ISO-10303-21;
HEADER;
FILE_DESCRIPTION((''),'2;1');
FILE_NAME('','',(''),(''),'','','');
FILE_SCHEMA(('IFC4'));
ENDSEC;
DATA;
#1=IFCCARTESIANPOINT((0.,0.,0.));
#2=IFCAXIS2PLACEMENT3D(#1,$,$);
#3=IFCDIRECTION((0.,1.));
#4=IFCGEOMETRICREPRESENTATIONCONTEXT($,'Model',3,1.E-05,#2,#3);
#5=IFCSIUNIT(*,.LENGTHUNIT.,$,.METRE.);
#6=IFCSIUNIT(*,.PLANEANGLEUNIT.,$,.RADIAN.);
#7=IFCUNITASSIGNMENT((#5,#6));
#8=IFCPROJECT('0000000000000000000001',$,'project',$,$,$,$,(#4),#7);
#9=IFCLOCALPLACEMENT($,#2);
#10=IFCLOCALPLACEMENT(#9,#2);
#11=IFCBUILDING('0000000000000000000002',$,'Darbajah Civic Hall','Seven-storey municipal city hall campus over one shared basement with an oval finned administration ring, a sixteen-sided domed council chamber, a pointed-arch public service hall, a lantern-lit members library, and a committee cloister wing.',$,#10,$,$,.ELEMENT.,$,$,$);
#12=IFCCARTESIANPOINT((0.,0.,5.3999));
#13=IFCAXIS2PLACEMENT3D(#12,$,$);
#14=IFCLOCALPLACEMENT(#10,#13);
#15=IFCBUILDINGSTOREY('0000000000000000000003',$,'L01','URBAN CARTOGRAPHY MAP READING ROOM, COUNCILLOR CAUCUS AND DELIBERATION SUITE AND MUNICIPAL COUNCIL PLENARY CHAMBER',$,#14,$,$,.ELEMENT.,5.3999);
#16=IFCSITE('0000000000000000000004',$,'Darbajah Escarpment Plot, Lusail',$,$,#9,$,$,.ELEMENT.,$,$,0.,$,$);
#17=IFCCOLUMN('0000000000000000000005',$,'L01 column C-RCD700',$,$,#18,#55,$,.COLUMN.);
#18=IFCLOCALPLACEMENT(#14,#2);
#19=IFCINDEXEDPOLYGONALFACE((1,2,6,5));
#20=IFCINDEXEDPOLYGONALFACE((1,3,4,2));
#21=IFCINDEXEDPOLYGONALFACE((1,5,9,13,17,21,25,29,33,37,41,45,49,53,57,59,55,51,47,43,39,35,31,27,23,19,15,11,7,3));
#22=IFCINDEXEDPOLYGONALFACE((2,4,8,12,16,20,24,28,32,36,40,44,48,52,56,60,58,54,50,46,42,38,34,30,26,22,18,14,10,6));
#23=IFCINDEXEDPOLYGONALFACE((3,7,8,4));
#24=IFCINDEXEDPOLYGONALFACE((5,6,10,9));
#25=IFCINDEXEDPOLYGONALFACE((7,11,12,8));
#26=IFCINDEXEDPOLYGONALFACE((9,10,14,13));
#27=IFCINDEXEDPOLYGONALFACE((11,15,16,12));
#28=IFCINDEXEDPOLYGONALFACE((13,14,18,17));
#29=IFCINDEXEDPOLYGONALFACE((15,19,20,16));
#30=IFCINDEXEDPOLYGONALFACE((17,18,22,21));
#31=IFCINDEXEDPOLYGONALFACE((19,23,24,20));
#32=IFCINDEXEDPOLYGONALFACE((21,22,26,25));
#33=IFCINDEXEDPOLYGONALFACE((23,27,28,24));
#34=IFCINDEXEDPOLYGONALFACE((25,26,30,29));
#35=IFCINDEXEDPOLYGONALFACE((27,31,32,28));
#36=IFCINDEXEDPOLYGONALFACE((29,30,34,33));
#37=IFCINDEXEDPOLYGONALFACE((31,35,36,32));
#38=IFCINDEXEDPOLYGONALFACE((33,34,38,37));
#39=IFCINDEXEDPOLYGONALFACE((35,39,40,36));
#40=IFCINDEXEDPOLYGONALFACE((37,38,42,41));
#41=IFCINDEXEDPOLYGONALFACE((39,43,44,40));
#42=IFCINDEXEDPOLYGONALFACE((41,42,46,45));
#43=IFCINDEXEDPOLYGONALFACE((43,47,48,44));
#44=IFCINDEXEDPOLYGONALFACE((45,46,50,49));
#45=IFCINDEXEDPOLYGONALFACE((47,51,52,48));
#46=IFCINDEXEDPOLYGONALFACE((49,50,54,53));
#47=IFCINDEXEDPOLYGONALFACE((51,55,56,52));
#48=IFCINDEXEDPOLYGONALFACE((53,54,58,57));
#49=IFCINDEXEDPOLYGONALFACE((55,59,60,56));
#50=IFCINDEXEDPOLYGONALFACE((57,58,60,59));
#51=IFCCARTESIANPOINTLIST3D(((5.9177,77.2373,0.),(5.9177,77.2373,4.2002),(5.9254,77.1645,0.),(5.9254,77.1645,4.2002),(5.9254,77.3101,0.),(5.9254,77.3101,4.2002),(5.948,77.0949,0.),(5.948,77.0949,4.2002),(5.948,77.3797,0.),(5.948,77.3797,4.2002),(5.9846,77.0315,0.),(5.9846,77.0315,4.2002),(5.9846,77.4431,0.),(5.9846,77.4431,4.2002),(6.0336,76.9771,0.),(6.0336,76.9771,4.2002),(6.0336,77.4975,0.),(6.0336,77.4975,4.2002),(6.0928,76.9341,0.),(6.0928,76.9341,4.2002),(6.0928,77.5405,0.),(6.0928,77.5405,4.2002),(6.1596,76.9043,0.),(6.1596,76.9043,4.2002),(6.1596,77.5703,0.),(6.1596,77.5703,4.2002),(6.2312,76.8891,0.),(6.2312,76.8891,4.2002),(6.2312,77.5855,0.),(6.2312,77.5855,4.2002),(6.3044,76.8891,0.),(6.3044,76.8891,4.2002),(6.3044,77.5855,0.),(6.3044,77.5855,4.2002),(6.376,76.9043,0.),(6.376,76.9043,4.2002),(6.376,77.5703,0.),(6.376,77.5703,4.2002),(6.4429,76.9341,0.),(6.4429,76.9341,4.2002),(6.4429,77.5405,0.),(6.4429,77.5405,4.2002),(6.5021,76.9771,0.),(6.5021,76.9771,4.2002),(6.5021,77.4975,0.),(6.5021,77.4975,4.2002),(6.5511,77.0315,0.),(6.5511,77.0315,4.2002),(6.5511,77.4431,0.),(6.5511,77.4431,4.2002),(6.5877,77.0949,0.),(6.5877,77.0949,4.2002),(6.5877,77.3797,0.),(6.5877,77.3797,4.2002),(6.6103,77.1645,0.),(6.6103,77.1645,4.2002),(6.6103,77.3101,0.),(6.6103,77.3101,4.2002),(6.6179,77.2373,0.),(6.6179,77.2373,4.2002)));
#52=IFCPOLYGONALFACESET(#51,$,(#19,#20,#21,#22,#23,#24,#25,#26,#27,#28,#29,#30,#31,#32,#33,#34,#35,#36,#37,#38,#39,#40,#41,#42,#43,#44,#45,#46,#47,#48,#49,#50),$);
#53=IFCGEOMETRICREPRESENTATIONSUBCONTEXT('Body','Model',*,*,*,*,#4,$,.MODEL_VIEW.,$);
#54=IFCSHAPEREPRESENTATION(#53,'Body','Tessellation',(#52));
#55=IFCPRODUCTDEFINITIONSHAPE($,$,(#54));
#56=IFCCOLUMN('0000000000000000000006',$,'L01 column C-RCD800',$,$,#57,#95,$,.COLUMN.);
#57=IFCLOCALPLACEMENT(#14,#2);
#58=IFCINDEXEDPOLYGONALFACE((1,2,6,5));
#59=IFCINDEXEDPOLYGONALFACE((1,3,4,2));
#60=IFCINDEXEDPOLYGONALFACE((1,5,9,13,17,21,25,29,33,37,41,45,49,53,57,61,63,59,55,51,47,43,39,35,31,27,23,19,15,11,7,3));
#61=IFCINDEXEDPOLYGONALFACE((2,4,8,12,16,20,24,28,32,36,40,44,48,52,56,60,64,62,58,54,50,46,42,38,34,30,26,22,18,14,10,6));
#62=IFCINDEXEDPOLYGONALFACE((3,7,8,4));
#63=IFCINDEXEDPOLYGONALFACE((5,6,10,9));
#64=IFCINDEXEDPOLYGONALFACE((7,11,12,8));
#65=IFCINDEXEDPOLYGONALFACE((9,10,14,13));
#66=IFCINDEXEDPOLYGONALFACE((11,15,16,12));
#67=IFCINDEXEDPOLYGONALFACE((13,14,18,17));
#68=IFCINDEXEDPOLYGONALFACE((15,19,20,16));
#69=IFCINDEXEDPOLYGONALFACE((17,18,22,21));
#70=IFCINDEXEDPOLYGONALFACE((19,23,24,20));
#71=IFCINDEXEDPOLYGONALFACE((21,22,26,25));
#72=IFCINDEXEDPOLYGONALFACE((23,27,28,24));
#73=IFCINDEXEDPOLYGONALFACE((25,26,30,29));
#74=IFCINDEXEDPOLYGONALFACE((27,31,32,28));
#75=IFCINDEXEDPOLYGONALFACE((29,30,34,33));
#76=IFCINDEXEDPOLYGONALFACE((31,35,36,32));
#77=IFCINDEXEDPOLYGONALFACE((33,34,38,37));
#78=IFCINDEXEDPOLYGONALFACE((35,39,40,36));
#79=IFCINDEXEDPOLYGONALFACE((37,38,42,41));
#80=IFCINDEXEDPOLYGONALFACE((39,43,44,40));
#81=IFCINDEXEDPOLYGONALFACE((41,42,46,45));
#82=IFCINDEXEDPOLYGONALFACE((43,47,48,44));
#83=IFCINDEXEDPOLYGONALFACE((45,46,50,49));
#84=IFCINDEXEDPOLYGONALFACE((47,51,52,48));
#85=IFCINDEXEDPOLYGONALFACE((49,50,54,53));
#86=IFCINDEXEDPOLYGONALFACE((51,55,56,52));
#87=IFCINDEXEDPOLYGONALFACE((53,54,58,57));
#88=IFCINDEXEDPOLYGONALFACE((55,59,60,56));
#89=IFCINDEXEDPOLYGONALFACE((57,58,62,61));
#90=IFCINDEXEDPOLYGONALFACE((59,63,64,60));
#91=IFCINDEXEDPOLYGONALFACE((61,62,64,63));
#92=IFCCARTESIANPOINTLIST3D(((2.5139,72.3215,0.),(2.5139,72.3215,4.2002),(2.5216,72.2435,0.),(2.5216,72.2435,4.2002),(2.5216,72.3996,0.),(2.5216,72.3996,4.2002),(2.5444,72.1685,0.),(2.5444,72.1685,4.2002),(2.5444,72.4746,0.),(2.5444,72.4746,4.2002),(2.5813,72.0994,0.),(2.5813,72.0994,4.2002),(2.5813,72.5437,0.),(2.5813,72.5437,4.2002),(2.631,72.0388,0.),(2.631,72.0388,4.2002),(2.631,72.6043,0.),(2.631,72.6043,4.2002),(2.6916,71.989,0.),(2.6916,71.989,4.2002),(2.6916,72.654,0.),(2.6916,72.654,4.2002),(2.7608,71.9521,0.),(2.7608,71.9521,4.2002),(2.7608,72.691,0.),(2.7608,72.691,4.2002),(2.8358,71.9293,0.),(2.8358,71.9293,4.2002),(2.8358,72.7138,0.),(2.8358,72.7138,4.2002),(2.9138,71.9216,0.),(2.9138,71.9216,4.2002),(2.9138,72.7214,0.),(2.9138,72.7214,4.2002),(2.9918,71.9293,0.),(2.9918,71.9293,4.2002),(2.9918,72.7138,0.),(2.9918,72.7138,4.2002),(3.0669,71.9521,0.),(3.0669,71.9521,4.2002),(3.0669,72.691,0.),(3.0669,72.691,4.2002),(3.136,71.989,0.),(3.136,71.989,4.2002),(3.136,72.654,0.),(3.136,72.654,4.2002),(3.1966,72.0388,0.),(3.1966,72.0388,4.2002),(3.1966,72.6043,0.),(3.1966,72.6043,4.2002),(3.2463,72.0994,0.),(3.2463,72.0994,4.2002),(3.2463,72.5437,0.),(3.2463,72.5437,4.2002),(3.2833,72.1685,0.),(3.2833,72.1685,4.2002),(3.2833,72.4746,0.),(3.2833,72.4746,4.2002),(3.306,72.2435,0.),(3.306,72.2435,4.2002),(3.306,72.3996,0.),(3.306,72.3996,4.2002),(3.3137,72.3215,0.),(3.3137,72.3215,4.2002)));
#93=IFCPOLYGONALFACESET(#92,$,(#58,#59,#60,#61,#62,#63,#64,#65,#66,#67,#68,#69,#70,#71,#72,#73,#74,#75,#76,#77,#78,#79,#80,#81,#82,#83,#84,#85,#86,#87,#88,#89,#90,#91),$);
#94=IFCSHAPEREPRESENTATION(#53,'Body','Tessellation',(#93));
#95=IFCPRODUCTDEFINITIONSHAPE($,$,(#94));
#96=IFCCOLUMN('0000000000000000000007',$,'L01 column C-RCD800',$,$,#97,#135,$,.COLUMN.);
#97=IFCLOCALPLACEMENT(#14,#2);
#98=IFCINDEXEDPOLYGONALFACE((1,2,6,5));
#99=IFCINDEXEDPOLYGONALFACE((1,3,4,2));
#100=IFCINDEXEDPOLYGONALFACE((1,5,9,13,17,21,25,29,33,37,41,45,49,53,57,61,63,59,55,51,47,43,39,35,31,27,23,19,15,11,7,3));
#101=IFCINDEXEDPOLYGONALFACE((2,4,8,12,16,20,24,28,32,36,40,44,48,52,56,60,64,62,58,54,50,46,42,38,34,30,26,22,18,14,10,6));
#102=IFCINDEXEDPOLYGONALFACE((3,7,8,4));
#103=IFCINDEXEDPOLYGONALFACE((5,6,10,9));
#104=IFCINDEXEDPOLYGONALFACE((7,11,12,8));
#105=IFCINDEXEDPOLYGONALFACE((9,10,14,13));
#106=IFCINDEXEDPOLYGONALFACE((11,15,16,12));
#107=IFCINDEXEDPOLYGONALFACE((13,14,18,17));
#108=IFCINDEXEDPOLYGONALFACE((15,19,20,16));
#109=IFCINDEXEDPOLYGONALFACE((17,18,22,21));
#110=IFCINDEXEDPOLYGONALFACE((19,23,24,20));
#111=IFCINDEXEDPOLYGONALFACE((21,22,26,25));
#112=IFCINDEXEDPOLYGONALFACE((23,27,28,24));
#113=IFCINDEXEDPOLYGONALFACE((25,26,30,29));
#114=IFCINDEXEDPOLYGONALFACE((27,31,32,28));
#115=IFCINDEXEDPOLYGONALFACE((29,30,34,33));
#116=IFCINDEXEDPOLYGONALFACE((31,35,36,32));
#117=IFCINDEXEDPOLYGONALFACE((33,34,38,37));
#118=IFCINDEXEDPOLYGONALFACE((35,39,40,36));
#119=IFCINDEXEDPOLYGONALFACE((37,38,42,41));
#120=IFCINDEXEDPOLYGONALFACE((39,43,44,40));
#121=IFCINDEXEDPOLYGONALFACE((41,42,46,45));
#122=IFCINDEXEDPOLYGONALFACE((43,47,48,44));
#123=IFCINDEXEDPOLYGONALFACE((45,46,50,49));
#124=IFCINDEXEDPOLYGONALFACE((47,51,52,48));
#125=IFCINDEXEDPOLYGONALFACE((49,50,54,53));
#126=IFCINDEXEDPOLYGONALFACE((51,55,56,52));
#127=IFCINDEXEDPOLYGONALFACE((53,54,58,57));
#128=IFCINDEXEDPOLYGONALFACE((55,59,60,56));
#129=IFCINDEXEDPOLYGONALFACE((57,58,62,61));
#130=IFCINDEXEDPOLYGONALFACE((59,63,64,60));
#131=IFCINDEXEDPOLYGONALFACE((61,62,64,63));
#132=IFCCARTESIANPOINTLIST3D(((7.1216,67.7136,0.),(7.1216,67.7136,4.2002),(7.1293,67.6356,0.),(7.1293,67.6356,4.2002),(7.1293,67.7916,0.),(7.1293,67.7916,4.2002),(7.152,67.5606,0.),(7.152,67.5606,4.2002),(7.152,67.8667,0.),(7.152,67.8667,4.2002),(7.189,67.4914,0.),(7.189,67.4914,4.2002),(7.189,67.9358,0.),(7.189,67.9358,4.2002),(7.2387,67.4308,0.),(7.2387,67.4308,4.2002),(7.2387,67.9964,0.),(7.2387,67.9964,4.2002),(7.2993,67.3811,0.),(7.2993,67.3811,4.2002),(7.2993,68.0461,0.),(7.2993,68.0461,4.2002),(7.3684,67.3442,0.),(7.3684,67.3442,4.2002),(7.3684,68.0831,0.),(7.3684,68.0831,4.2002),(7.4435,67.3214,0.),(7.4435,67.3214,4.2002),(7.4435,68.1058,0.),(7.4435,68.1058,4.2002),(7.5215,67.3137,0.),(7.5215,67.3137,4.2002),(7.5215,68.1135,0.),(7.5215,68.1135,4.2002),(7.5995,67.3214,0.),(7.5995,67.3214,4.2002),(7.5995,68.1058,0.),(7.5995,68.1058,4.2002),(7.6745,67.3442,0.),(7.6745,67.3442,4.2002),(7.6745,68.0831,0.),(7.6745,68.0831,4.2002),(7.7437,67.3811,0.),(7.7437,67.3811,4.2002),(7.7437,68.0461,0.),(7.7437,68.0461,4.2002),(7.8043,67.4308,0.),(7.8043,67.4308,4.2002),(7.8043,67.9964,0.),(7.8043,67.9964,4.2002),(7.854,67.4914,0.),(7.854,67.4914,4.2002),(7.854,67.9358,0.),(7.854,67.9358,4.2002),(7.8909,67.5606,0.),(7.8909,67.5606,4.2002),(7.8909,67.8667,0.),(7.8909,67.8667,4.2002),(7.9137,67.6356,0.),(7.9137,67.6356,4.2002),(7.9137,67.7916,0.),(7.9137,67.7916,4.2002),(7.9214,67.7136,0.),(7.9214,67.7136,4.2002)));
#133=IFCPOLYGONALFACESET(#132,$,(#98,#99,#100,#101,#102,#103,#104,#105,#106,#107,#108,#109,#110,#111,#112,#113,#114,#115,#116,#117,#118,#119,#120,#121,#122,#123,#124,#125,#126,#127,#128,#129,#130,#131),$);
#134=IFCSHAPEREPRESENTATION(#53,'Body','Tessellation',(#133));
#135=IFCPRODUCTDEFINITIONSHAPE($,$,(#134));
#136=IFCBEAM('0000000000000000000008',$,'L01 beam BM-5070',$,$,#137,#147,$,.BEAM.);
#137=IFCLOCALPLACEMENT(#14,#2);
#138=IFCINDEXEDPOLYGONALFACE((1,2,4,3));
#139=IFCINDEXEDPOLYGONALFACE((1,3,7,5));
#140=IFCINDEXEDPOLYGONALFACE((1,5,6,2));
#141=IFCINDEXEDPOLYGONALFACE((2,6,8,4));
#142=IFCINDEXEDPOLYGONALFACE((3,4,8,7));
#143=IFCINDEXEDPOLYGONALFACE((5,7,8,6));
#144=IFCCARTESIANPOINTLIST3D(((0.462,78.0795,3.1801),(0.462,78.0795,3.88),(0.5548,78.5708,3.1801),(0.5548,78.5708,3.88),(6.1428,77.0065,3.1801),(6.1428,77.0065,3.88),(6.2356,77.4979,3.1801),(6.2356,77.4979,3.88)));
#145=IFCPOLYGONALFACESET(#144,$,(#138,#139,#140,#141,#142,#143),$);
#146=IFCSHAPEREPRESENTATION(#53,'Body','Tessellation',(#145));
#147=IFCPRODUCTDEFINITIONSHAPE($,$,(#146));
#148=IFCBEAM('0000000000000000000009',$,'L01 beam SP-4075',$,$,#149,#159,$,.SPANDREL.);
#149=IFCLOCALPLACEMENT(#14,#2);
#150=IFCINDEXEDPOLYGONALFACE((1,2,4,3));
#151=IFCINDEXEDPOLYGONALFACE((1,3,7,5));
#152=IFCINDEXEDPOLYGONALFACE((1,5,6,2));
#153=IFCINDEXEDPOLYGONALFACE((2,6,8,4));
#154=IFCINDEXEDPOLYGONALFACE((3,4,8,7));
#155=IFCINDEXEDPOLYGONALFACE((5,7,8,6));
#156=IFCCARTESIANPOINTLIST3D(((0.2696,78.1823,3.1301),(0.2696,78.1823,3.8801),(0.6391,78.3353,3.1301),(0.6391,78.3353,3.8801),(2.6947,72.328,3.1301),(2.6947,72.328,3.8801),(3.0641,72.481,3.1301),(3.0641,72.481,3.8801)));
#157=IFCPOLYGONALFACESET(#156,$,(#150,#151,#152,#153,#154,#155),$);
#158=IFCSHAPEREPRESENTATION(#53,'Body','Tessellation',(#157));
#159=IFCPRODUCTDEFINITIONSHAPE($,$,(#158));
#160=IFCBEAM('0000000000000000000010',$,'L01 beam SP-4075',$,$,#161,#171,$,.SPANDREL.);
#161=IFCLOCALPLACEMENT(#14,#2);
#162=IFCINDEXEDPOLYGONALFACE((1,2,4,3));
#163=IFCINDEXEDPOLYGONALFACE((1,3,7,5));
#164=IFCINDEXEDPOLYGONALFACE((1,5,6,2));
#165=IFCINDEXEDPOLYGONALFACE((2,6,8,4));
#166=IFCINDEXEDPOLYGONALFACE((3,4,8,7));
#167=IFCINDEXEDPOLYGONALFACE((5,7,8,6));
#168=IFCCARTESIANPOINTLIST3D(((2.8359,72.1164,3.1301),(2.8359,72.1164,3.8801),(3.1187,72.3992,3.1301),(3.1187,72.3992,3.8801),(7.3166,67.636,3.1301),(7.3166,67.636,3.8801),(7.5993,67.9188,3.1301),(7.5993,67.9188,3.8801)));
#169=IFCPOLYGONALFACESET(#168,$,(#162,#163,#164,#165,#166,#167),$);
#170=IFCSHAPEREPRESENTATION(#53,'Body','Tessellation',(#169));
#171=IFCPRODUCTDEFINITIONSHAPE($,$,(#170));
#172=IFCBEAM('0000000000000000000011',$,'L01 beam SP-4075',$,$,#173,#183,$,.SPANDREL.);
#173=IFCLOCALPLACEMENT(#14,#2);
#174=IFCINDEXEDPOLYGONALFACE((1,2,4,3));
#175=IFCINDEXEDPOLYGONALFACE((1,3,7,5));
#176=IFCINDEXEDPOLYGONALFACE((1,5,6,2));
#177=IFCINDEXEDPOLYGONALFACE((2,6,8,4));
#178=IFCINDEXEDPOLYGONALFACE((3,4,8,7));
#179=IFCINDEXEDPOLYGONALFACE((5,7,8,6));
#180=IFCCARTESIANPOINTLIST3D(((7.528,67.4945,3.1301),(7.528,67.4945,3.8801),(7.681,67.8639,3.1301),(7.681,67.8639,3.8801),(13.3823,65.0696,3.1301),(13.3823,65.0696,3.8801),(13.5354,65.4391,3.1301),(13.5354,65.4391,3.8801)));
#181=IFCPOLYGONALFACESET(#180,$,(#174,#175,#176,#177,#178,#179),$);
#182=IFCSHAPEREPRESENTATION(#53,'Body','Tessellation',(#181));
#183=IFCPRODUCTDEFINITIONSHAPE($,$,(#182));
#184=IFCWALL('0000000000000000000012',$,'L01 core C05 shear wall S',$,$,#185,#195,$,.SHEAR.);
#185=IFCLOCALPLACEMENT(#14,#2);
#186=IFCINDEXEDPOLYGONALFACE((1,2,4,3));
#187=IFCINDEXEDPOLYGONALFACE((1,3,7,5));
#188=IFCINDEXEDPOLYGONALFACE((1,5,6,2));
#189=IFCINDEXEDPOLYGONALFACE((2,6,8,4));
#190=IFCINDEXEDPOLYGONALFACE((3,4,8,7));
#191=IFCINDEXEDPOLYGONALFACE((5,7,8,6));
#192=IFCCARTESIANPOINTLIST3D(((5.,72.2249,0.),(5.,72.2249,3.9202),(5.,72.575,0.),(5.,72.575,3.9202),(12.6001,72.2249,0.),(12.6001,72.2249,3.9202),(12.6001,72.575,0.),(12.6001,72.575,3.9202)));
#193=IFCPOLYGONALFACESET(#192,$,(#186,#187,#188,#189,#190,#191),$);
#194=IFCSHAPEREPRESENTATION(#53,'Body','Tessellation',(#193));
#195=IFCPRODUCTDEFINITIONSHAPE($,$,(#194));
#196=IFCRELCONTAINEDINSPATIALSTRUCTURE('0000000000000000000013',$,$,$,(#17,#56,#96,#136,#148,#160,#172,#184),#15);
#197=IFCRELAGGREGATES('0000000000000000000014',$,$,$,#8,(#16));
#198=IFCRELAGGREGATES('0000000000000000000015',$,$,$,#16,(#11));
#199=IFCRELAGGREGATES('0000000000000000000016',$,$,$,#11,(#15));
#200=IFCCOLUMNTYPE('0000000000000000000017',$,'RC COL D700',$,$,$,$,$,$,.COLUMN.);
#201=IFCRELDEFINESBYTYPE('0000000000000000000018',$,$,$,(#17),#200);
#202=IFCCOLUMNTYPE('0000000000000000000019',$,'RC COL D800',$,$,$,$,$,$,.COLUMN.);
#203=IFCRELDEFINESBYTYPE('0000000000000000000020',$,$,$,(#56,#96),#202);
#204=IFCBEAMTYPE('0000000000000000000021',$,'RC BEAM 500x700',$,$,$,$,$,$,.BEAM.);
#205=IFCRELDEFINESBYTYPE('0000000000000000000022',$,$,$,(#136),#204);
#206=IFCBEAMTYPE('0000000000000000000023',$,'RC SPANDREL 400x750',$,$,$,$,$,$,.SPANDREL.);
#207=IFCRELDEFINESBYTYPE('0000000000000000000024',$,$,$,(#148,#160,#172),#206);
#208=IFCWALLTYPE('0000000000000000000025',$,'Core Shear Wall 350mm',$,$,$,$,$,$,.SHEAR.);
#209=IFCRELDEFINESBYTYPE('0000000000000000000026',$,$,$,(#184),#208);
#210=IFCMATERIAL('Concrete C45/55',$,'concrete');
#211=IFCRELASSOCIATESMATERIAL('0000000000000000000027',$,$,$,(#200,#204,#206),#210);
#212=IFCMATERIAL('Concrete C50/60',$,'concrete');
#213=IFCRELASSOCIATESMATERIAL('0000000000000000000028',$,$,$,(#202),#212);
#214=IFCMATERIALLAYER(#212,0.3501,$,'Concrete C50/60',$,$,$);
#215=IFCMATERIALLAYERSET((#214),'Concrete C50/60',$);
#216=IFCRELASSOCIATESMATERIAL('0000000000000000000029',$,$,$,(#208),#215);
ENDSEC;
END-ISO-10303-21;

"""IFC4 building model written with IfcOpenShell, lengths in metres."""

from ifc_helpers import new_model, si_unit, direction, frame, frame_2d, origin, origin_2d, place, context, subcontext, project, spatial, rectangle, circle, extrude, material, layer, layer_set, material_profile, profile_set, type_object, element, save


model = new_model("IFC4")

# Units and contexts
model_context = context("Model", 3, precision=1e-05, world=origin(), true_north=direction((0.0, 1.0)))
body_context = subcontext(model_context, "Body", "Model", "MODEL_VIEW")
ifc_project = project(units=[si_unit("LENGTHUNIT", "METRE"), si_unit("PLANEANGLEUNIT", "RADIAN")], contexts=[model_context])

# Site, building, storey
site_placement = place(None, origin())
site = spatial("IfcSite", under=ifc_project, at=site_placement, Name="Darbajah Escarpment Plot, Lusail", CompositionType="ELEMENT", RefElevation=0.0)
building_placement = place(site_placement, origin())
building = spatial("IfcBuilding", under=site, at=building_placement, Name="Darbajah Civic Hall", Description="Seven-storey municipal city hall campus over one shared basement with an oval finned administration ring, a sixteen-sided domed council chamber, a pointed-arch public service hall, a lantern-lit members library, and a committee cloister wing.", CompositionType="ELEMENT")
storey_placement = place(building_placement, frame((0.0, 0.0, 5.3999)))
storey = spatial("IfcBuildingStorey", under=building, at=storey_placement, Name="L01", Description="URBAN CARTOGRAPHY MAP READING ROOM, COUNCILLOR CAUCUS AND DELIBERATION SUITE AND MUNICIPAL COUNCIL PLENARY CHAMBER", CompositionType="ELEMENT", Elevation=5.3999)

# Columns
ifc_material_1 = material(Name="Concrete C45/55", Category="concrete")
ifc_material_profile_1 = material_profile(ifc_material_1, circle(Radius=0.3501, at=origin_2d()), Name="RC COL D700")
ifc_profile_set_1 = profile_set([ifc_material_profile_1], Name="Concrete C45/55")
column_type_1 = type_object("IfcColumnType", Name="RC COL D700", PredefinedType="COLUMN", material=ifc_profile_set_1)
column_placement = place(storey_placement, frame((6.2678, 77.2373, 0.0), z_axis=(0.0, 0.0, 1.0), x_axis=(1.0, 0.0, 0.0)))
element("IfcColumn", 1, at=column_placement, inside=storey, type_object=column_type_1, Name="L01 column C-RCD700", PredefinedType="COLUMN", context=body_context, shape_type="SweptSolid", body=[
    extrude(circle(Radius=0.3501, at=origin_2d()), origin(), (0.0, 0.0, 1.0), 4.2002),
])
ifc_material_2 = material(Name="Concrete C50/60", Category="concrete")
ifc_material_profile_2 = material_profile(ifc_material_2, circle(Radius=0.3999, at=origin_2d()), Name="RC COL D800")
ifc_profile_set_2 = profile_set([ifc_material_profile_2], Name="Concrete C50/60")
column_type_2 = type_object("IfcColumnType", Name="RC COL D800", PredefinedType="COLUMN", material=ifc_profile_set_2)
for number, where, z_axis, x_axis, name in (
    (2, (2.9138, 72.3215, 0.0), (0.0, 0.0, 1.0), (1.0, 0.0, 0.0), "L01 column C-RCD800"),
    (3, (7.5215, 67.7136, 0.0), (0.0, 0.0, 1.0), (1.0, 0.0, 0.0), "L01 column C-RCD800"),
):
    element("IfcColumn", number, at=place(storey_placement, frame(where, z_axis=z_axis, x_axis=x_axis)), inside=storey, type_object=column_type_2, Name=name, PredefinedType="COLUMN", context=body_context, shape_type="SweptSolid", body=[
        extrude(circle(Radius=0.3999, at=origin_2d()), origin(), (0.0, 0.0, 1.0), 4.2002),
    ])

# Beams
ifc_material_profile_3 = material_profile(ifc_material_1, rectangle(XDim=0.5, YDim=0.7, at=origin_2d()), Name="RC BEAM 500x700")
ifc_profile_set_3 = profile_set([ifc_material_profile_3], Name="Concrete C45/55")
beam_type_1 = type_object("IfcBeamType", Name="RC BEAM 500x700", PredefinedType="BEAM", material=ifc_profile_set_3)
beam_1_placement = place(storey_placement, frame((6.1892, 77.2522, 3.53), z_axis=(-0.982626, 0.185596, 0.0), x_axis=(-0.185596, -0.982626, 0.0)))
element("IfcBeam", 4, at=beam_1_placement, inside=storey, type_object=beam_type_1, Name="L01 beam BM-5070", PredefinedType="BEAM", context=body_context, shape_type="SweptSolid", body=[
    extrude(rectangle(XDim=0.5, YDim=0.7, at=origin_2d()), origin(), (0.0, 0.0, 1.0), 5.7812),
])
ifc_material_profile_4 = material_profile(ifc_material_1, rectangle(XDim=0.3999, YDim=0.75, at=origin_2d()), Name="RC SPANDREL 400x750")
ifc_profile_set_4 = profile_set([ifc_material_profile_4], Name="Concrete C45/55")
beam_type_2 = type_object("IfcBeamType", Name="RC SPANDREL 400x750", PredefinedType="SPANDREL", material=ifc_profile_set_4)
beam_2_placement = place(storey_placement, frame((0.4543, 78.2588, 3.5051), z_axis=(0.382702, -0.923872, 0.0), x_axis=(0.923872, 0.382702, 0.0)))
element("IfcBeam", 5, at=beam_2_placement, inside=storey, type_object=beam_type_2, Name="L01 beam SP-4075", PredefinedType="SPANDREL", context=body_context, shape_type="SweptSolid", body=[
    extrude(rectangle(XDim=0.3999, YDim=0.75, at=origin_2d()), origin(), (0.0, 0.0, 1.0), 6.3367),
])
beam_3_placement = place(storey_placement, frame((2.9773, 72.2578, 3.5051), z_axis=(0.707126, -0.707088, 0.0), x_axis=(0.707088, 0.707126, 0.0)))
element("IfcBeam", 6, at=beam_3_placement, inside=storey, type_object=beam_type_2, Name="L01 beam SP-4075", PredefinedType="SPANDREL", context=body_context, shape_type="SweptSolid", body=[
    extrude(rectangle(XDim=0.3999, YDim=0.75, at=origin_2d()), origin(), (0.0, 0.0, 1.0), 6.3364),
])
beam_4_placement = place(storey_placement, frame((7.6045, 67.6792, 3.5051), z_axis=(0.923885, -0.382669, 0.0), x_axis=(0.382669, 0.923885, 0.0)))
element("IfcBeam", 7, at=beam_4_placement, inside=storey, type_object=beam_type_2, Name="L01 beam SP-4075", PredefinedType="SPANDREL", context=body_context, shape_type="SweptSolid", body=[
    extrude(rectangle(XDim=0.3999, YDim=0.75, at=origin_2d()), origin(), (0.0, 0.0, 1.0), 6.3367),
])

# Wall
ifc_layer_1 = layer(ifc_material_2, 0.3501, Name="Concrete C50/60")
ifc_layer_set_1 = layer_set([ifc_layer_1], Name="Concrete C50/60")
wall_type_1 = type_object("IfcWallType", Name="Core Shear Wall 350mm", PredefinedType="SHEAR", material=ifc_layer_set_1)
wall_1_placement = place(storey_placement, frame((5.0, 72.3999, 0.0), z_axis=(0.0, 0.0, 1.0), x_axis=(1.0, 0.0, 0.0)))
element("IfcWall", 8, at=wall_1_placement, inside=storey, type_object=wall_type_1, Name="L01 core C05 shear wall S", PredefinedType="SHEAR", context=body_context, shape_type="SweptSolid", body=[
    extrude(rectangle(XDim=7.6001, YDim=0.3501, at=frame_2d((3.8, 0.0))), origin(), (0.0, 0.0, 1.0), 3.9202),
])

save(model, "model.ifc")
